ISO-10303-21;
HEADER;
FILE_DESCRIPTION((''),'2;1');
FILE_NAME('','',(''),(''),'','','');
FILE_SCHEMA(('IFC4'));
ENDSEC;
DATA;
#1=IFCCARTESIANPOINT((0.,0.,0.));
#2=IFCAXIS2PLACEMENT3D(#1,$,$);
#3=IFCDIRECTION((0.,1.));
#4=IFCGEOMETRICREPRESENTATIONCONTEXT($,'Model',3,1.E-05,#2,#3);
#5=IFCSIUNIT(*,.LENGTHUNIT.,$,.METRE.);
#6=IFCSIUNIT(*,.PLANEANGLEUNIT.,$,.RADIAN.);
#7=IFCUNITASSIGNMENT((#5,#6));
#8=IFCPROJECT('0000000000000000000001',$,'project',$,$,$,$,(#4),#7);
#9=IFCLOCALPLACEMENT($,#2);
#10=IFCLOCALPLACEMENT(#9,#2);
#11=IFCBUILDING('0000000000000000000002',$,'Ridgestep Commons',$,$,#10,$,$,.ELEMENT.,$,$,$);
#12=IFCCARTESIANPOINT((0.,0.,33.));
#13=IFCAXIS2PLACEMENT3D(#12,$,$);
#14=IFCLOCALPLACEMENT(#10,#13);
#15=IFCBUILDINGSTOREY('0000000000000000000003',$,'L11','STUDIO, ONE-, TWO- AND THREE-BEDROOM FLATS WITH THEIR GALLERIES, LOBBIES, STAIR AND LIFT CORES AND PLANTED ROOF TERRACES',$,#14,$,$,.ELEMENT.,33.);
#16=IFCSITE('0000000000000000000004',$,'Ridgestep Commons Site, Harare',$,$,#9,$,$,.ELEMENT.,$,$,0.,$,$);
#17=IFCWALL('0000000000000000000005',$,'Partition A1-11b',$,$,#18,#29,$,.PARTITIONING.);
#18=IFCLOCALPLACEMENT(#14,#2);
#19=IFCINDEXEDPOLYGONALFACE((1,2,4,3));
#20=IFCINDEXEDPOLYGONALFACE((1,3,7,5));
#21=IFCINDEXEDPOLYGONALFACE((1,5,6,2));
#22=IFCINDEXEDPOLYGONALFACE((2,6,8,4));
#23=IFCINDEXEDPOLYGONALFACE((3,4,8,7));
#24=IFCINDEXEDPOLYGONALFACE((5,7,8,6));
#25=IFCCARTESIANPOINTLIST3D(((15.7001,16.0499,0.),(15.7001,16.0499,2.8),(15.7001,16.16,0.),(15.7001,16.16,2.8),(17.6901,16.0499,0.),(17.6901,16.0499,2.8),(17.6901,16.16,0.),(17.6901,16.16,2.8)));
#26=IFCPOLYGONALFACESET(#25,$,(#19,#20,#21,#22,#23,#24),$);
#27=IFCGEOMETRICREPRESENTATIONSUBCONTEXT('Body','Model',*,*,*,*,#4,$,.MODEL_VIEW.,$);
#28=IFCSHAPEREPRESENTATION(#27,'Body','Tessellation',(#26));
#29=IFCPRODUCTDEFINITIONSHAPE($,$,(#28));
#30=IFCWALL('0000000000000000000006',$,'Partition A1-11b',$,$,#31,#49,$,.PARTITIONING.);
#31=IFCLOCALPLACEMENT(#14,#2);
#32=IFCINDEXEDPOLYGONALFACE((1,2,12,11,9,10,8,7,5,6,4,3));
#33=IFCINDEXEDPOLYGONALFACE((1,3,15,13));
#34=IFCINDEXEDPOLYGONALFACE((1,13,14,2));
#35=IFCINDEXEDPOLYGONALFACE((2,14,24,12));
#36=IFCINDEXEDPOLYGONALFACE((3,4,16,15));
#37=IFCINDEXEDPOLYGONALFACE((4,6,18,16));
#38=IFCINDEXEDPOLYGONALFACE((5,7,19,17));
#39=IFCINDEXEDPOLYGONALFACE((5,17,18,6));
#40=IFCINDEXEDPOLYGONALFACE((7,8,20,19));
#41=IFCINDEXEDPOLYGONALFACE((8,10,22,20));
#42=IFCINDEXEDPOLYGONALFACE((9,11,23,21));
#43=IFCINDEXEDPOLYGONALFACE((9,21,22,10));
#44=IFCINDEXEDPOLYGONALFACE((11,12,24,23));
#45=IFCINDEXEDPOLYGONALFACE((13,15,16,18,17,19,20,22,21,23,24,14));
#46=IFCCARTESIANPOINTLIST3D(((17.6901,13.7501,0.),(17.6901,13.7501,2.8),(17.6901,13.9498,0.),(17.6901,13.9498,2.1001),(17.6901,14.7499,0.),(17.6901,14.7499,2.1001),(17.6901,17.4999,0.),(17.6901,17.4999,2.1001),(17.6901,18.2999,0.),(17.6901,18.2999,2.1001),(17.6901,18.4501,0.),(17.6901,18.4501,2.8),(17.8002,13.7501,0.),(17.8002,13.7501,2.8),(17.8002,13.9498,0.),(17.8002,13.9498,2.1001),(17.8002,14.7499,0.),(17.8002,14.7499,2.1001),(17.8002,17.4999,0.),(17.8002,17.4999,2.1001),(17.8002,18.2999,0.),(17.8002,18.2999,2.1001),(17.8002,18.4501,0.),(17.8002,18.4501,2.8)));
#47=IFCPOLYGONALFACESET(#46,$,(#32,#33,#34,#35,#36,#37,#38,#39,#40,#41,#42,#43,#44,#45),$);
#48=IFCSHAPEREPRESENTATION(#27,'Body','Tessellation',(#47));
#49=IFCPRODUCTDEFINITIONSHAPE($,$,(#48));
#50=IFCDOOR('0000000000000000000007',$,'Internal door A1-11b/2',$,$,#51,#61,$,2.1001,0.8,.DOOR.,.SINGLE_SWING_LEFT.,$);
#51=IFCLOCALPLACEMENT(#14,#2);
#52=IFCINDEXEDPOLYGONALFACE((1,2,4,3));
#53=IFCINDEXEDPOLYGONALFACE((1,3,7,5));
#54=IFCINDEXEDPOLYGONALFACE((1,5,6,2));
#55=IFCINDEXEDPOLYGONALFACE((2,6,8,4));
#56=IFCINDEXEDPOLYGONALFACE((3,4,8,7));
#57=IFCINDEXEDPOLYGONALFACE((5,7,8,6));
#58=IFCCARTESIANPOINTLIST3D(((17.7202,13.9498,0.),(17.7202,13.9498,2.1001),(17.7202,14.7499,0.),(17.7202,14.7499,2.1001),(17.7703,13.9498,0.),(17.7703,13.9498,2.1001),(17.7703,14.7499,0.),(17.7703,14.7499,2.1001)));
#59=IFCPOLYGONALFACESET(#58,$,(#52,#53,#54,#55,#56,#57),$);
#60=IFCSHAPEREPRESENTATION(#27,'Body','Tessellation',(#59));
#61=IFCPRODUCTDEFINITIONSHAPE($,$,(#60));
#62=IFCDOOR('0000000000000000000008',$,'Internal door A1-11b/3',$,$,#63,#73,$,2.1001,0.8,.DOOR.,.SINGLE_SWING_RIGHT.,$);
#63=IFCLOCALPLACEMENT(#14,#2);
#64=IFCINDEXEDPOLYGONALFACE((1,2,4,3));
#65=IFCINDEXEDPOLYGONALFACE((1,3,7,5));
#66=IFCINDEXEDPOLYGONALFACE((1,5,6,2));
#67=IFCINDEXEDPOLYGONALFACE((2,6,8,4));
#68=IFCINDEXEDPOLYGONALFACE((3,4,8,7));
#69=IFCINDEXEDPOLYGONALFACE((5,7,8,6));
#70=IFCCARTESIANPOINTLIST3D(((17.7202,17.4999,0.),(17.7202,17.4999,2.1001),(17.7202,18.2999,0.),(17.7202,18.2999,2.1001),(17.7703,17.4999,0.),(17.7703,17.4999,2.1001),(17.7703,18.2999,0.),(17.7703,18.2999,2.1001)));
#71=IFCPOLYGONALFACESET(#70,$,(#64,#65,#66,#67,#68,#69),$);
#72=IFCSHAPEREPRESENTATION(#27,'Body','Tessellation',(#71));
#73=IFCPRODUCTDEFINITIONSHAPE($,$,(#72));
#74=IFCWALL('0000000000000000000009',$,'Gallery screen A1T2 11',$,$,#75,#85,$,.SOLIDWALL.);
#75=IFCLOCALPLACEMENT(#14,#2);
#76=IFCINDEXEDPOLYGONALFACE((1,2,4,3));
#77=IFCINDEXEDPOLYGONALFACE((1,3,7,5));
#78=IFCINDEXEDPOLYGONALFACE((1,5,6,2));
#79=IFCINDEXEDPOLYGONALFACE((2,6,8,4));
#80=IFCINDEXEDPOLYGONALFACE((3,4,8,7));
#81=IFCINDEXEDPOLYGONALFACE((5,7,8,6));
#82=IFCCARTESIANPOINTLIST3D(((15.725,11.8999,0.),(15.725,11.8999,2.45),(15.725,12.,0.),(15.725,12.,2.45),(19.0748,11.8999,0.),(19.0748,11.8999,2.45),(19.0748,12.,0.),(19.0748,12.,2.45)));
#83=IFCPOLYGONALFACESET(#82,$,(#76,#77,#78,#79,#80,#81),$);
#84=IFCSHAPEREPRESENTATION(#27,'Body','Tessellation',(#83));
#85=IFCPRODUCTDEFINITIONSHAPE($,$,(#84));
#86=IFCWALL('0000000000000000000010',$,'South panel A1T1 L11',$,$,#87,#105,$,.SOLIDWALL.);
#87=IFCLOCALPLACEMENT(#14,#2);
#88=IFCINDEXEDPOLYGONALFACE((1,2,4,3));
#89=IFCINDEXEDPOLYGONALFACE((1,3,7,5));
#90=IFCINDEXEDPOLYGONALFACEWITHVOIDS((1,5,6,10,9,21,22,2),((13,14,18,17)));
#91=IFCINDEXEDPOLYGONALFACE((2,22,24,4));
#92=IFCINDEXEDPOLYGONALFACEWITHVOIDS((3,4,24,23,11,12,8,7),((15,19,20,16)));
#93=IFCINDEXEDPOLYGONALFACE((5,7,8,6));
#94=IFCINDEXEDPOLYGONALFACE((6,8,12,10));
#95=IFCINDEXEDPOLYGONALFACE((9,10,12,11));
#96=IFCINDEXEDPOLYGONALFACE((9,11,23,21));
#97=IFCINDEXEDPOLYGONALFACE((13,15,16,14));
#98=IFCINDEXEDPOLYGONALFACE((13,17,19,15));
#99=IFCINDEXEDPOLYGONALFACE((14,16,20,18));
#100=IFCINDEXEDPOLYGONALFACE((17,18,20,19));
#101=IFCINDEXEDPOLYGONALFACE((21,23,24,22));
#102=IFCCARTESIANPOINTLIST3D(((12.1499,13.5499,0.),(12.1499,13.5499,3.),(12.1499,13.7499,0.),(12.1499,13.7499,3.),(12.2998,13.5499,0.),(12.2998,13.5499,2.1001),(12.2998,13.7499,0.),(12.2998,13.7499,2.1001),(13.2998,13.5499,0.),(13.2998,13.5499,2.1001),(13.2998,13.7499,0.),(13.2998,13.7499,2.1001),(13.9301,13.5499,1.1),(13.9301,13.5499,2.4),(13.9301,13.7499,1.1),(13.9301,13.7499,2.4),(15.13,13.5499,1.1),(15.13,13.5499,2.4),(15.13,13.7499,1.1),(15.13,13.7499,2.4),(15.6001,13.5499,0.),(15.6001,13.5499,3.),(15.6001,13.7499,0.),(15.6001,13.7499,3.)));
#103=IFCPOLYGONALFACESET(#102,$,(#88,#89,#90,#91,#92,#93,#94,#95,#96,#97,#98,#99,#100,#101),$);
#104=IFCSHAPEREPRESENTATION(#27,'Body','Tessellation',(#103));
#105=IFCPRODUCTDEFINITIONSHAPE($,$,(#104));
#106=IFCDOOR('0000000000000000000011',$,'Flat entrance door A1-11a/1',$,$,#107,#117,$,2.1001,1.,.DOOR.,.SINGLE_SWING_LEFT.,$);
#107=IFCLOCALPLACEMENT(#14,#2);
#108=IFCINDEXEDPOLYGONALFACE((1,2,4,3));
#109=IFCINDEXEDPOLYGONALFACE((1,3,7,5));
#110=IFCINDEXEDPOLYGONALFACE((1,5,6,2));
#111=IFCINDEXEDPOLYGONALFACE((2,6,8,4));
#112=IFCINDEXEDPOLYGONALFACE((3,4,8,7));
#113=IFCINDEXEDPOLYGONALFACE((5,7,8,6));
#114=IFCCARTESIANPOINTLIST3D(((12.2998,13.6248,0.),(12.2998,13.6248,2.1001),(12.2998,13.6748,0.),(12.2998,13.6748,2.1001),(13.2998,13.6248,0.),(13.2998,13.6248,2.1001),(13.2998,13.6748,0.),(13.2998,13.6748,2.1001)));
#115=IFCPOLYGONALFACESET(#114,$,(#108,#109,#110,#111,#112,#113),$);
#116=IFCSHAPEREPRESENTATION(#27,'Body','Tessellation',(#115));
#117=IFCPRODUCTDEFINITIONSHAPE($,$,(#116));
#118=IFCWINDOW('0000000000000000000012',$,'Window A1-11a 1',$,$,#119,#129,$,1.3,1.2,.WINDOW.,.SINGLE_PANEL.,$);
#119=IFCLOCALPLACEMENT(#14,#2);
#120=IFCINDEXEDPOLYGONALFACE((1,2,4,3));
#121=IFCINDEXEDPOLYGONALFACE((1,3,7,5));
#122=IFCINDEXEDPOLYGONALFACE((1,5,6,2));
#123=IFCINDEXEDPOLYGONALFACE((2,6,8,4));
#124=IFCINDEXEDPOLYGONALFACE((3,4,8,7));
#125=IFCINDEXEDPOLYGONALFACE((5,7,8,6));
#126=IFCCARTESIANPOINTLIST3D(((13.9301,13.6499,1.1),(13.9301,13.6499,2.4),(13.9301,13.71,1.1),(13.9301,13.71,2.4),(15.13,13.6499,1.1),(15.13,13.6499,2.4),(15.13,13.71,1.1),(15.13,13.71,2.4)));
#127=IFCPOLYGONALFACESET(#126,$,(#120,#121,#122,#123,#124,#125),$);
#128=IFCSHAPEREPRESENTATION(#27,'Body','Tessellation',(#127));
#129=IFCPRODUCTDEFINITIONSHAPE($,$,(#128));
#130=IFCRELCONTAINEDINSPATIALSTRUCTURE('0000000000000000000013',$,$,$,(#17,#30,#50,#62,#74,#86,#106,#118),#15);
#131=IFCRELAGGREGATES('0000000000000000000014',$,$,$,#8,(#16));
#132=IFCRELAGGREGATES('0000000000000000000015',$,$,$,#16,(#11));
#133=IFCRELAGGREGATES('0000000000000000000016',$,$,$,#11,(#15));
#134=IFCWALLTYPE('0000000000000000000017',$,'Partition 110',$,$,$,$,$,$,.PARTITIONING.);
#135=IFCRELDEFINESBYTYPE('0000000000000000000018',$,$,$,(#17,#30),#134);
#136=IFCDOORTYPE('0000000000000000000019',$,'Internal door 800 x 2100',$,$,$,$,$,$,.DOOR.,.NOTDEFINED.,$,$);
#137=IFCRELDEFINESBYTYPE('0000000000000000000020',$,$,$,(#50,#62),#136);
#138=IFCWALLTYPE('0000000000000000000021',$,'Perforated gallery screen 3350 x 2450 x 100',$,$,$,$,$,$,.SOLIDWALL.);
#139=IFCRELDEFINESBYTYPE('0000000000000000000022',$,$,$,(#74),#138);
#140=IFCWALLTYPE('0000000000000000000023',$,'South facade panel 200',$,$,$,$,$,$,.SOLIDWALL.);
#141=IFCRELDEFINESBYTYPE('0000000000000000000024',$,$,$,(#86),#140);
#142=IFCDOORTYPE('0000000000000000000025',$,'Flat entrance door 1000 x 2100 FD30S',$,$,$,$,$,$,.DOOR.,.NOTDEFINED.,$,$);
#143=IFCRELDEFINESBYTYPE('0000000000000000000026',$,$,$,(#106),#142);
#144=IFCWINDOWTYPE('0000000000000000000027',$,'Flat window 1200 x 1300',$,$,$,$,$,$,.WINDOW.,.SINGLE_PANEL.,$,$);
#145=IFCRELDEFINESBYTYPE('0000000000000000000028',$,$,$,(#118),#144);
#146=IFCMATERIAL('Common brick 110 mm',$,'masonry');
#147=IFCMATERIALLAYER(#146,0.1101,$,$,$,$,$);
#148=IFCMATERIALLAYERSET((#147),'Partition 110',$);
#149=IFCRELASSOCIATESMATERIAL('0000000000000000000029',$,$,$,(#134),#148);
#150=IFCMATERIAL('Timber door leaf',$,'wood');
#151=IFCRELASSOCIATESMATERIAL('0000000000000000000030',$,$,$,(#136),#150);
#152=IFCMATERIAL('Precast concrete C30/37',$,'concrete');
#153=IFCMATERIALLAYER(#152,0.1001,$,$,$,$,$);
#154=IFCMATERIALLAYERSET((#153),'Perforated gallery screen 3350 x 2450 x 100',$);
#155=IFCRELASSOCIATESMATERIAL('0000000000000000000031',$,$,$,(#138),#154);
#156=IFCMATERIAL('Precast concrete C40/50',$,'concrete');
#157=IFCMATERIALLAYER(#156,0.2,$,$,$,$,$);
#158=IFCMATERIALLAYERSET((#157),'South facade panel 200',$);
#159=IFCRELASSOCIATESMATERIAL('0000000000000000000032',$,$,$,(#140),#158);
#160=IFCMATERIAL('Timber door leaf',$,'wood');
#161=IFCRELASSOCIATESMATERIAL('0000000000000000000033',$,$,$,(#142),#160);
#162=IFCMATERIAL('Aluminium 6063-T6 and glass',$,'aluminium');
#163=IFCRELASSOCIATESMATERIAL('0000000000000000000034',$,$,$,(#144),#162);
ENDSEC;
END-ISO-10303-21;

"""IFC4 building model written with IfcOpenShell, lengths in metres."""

from ifc_helpers import new_model, si_unit, direction, frame, frame_2d, origin, place, context, subcontext, project, spatial, rectangle, extrude, material, layer, layer_set, type_object, element, fill, save


model = new_model("IFC4")

# Units and contexts
model_context = context("Model", 3, precision=1e-05, world=origin(), true_north=direction((0.0, 1.0)))
body_context = subcontext(model_context, "Body", "Model", "MODEL_VIEW")
ifc_project = project(units=[si_unit("LENGTHUNIT", "METRE"), si_unit("PLANEANGLEUNIT", "RADIAN")], contexts=[model_context])

# Site, building, storey
site_placement = place(None, origin())
site = spatial("IfcSite", under=ifc_project, at=site_placement, Name="Ridgestep Commons Site, Harare", CompositionType="ELEMENT", RefElevation=0.0)
building_placement = place(site_placement, origin())
building = spatial("IfcBuilding", under=site, at=building_placement, Name="Ridgestep Commons", CompositionType="ELEMENT")
storey_placement = place(building_placement, frame((0.0, 0.0, 33.0)))
storey = spatial("IfcBuildingStorey", under=building, at=storey_placement, Name="L11", Description="STUDIO, ONE-, TWO- AND THREE-BEDROOM FLATS WITH THEIR GALLERIES, LOBBIES, STAIR AND LIFT CORES AND PLANTED ROOF TERRACES", CompositionType="ELEMENT", Elevation=33.0)

# Shared definitions
ifc_material_1 = material(Name="Common brick 110 mm", Category="masonry")
ifc_layer_1 = layer(ifc_material_1, 0.1101)
ifc_layer_set_1 = layer_set([ifc_layer_1], Name="Partition 110")
wall_type_1 = type_object("IfcWallType", Name="Partition 110", PredefinedType="PARTITIONING", material=ifc_layer_set_1)
ifc_material_2 = material(Name="Timber door leaf", Category="wood")
door_type_1 = type_object("IfcDoorType", Name="Internal door 800 x 2100", OperationType="NOTDEFINED", PredefinedType="DOOR", material=ifc_material_2)

# Wall
wall_1_placement = place(storey_placement, frame((15.7, 16.105, 0.0), z_axis=(0.0, 0.0, 1.0), x_axis=(1.0, 0.0, 0.0)))
element("IfcWall", 1, at=wall_1_placement, inside=storey, type_object=wall_type_1, Name="Partition A1-11b", PredefinedType="PARTITIONING", context=body_context, shape_type="SweptSolid", body=[
    extrude(rectangle(XDim=1.99, YDim=0.1101, at=frame_2d((0.9951, 0.0))), origin(), (0.0, 0.0, 1.0), 2.8),
])

# Wall, openings, doors
wall_2_placement = place(storey_placement, frame((17.7451, 13.75, 0.0), z_axis=(0.0, 0.0, 1.0), x_axis=(0.0, 1.0, 0.0)))
wall_2 = element("IfcWall", 2, at=wall_2_placement, inside=storey, type_object=wall_type_1, Name="Partition A1-11b", PredefinedType="PARTITIONING", context=body_context, shape_type="SweptSolid", body=[
    extrude(rectangle(XDim=4.7, YDim=0.1101, at=frame_2d((2.3501, 0.0))), origin(), (0.0, 0.0, 1.0), 2.8),
])
opening_1_placement = place(wall_2_placement, frame((0.2, 0.0, 0.0)))
opening_1 = element("IfcOpeningElement", 3, at=opening_1_placement, cuts=wall_2, PredefinedType="OPENING", context=body_context, shape_type="SweptSolid", body=[
    extrude(rectangle(XDim=0.8, YDim=2.1001, at=frame_2d((0.3999, 1.05))), frame((0.0, 0.0649, 0.0), z_axis=(0.0, -1.0, 0.0), x_axis=(1.0, 0.0, 0.0)), (0.0, 0.0, 1.0), 0.1301),
])
opening_2_placement = place(wall_2_placement, frame((3.75, 0.0, 0.0)))
opening_2 = element("IfcOpeningElement", 4, at=opening_2_placement, cuts=wall_2, PredefinedType="OPENING", context=body_context, shape_type="SweptSolid", body=[
    extrude(rectangle(XDim=0.8, YDim=2.1001, at=frame_2d((0.3999, 1.05))), frame((0.0, 0.0649, 0.0), z_axis=(0.0, -1.0, 0.0), x_axis=(1.0, 0.0, 0.0)), (0.0, 0.0, 1.0), 0.1301),
])
door_1_placement = place(opening_1_placement, origin())
door_1 = element("IfcDoor", 5, at=door_1_placement, inside=storey, type_object=door_type_1, Name="Internal door A1-11b/2", OperationType="SINGLE_SWING_LEFT", OverallHeight=2.1001, OverallWidth=0.8, PredefinedType="DOOR", context=body_context, shape_type="SweptSolid", body=[
    extrude(rectangle(XDim=0.8, YDim=2.1001, at=frame_2d((0.3999, 1.05))), frame((0.0, 0.0249, 0.0), z_axis=(0.0, -1.0, 0.0), x_axis=(1.0, 0.0, 0.0)), (0.0, 0.0, 1.0), 0.05),
])
fill(opening_1, door_1)
door_2_placement = place(opening_2_placement, origin())
door_2 = element("IfcDoor", 6, at=door_2_placement, inside=storey, type_object=door_type_1, Name="Internal door A1-11b/3", OperationType="SINGLE_SWING_RIGHT", OverallHeight=2.1001, OverallWidth=0.8, PredefinedType="DOOR", context=body_context, shape_type="SweptSolid", body=[
    extrude(rectangle(XDim=0.8, YDim=2.1001, at=frame_2d((0.3999, 1.05))), frame((0.0, 0.0249, 0.0), z_axis=(0.0, -1.0, 0.0), x_axis=(1.0, 0.0, 0.0)), (0.0, 0.0, 1.0), 0.05),
])
fill(opening_2, door_2)

# Wall
ifc_material_3 = material(Name="Precast concrete C30/37", Category="concrete")
ifc_layer_2 = layer(ifc_material_3, 0.1001)
ifc_layer_set_2 = layer_set([ifc_layer_2], Name="Perforated gallery screen 3350 x 2450 x 100")
wall_type_2 = type_object("IfcWallType", Name="Perforated gallery screen 3350 x 2450 x 100", PredefinedType="SOLIDWALL", material=ifc_layer_set_2)
wall_3_placement = place(storey_placement, frame((15.7251, 11.95, 0.0), z_axis=(0.0, 0.0, 1.0), x_axis=(1.0, 0.0, 0.0)))
element("IfcWall", 7, at=wall_3_placement, inside=storey, type_object=wall_type_2, Name="Gallery screen A1T2 11", PredefinedType="SOLIDWALL", context=body_context, shape_type="SweptSolid", body=[
    extrude(rectangle(XDim=3.3499, YDim=0.1001, at=frame_2d((1.6748, 0.0))), origin(), (0.0, 0.0, 1.0), 2.45),
])

# Wall, openings, door, window
ifc_material_4 = material(Name="Precast concrete C40/50", Category="concrete")
ifc_layer_3 = layer(ifc_material_4, 0.2)
ifc_layer_set_3 = layer_set([ifc_layer_3], Name="South facade panel 200")
wall_type_3 = type_object("IfcWallType", Name="South facade panel 200", PredefinedType="SOLIDWALL", material=ifc_layer_set_3)
wall_4_placement = place(storey_placement, frame((12.1499, 13.6499, 0.0), z_axis=(0.0, 0.0, 1.0), x_axis=(1.0, 0.0, 0.0)))
wall_4 = element("IfcWall", 8, at=wall_4_placement, inside=storey, type_object=wall_type_3, Name="South panel A1T1 L11", PredefinedType="SOLIDWALL", context=body_context, shape_type="SweptSolid", body=[
    extrude(rectangle(XDim=3.4502, YDim=0.2, at=frame_2d((1.7251, 0.0))), origin(), (0.0, 0.0, 1.0), 3.0),
])
opening_3_placement = place(wall_4_placement, frame((1.78, 0.0, 1.1001)))
opening_3 = element("IfcOpeningElement", 9, at=opening_3_placement, cuts=wall_4, PredefinedType="OPENING", context=body_context, shape_type="SweptSolid", body=[
    extrude(rectangle(XDim=1.2, YDim=1.3, at=frame_2d((0.6001, 0.6499))), frame((0.0, 0.1099, 0.0), z_axis=(0.0, -1.0, 0.0), x_axis=(1.0, 0.0, 0.0)), (0.0, 0.0, 1.0), 0.22),
])
opening_4_placement = place(wall_4_placement, frame((0.1499, 0.0, 0.0)))
opening_4 = element("IfcOpeningElement", 10, at=opening_4_placement, cuts=wall_4, PredefinedType="OPENING", context=body_context, shape_type="SweptSolid", body=[
    extrude(rectangle(XDim=1.0, YDim=2.1001, at=frame_2d((0.5, 1.05))), frame((0.0, 0.1099, 0.0), z_axis=(0.0, -1.0, 0.0), x_axis=(1.0, 0.0, 0.0)), (0.0, 0.0, 1.0), 0.22),
])
ifc_material_5 = material(Name="Timber door leaf", Category="wood")
door_type_2 = type_object("IfcDoorType", Name="Flat entrance door 1000 x 2100 FD30S", OperationType="NOTDEFINED", PredefinedType="DOOR", material=ifc_material_5)
door_3_placement = place(opening_4_placement, origin())
door_3 = element("IfcDoor", 11, at=door_3_placement, inside=storey, type_object=door_type_2, Name="Flat entrance door A1-11a/1", OperationType="SINGLE_SWING_LEFT", OverallHeight=2.1001, OverallWidth=1.0, PredefinedType="DOOR", context=body_context, shape_type="SweptSolid", body=[
    extrude(rectangle(XDim=1.0, YDim=2.1001, at=frame_2d((0.5, 1.05))), frame((0.0, 0.0249, 0.0), z_axis=(0.0, -1.0, 0.0), x_axis=(1.0, 0.0, 0.0)), (0.0, 0.0, 1.0), 0.05),
])
fill(opening_4, door_3)
ifc_material_6 = material(Name="Aluminium 6063-T6 and glass", Category="aluminium")
window_type_1 = type_object("IfcWindowType", Name="Flat window 1200 x 1300", PartitioningType="SINGLE_PANEL", PredefinedType="WINDOW", material=ifc_material_6)
window_1_placement = place(opening_3_placement, origin())
window_1 = element("IfcWindow", 12, at=window_1_placement, inside=storey, type_object=window_type_1, Name="Window A1-11a 1", OverallHeight=1.3, OverallWidth=1.2, PartitioningType="SINGLE_PANEL", PredefinedType="WINDOW", context=body_context, shape_type="SweptSolid", body=[
    extrude(rectangle(XDim=1.2, YDim=1.3, at=frame_2d((0.6001, 0.6499))), frame((0.0, 0.0601, 0.0), z_axis=(0.0, -1.0, 0.0), x_axis=(1.0, 0.0, 0.0)), (0.0, 0.0, 1.0), 0.0601),
])
fill(opening_3, window_1)

save(model, "model.ifc")
